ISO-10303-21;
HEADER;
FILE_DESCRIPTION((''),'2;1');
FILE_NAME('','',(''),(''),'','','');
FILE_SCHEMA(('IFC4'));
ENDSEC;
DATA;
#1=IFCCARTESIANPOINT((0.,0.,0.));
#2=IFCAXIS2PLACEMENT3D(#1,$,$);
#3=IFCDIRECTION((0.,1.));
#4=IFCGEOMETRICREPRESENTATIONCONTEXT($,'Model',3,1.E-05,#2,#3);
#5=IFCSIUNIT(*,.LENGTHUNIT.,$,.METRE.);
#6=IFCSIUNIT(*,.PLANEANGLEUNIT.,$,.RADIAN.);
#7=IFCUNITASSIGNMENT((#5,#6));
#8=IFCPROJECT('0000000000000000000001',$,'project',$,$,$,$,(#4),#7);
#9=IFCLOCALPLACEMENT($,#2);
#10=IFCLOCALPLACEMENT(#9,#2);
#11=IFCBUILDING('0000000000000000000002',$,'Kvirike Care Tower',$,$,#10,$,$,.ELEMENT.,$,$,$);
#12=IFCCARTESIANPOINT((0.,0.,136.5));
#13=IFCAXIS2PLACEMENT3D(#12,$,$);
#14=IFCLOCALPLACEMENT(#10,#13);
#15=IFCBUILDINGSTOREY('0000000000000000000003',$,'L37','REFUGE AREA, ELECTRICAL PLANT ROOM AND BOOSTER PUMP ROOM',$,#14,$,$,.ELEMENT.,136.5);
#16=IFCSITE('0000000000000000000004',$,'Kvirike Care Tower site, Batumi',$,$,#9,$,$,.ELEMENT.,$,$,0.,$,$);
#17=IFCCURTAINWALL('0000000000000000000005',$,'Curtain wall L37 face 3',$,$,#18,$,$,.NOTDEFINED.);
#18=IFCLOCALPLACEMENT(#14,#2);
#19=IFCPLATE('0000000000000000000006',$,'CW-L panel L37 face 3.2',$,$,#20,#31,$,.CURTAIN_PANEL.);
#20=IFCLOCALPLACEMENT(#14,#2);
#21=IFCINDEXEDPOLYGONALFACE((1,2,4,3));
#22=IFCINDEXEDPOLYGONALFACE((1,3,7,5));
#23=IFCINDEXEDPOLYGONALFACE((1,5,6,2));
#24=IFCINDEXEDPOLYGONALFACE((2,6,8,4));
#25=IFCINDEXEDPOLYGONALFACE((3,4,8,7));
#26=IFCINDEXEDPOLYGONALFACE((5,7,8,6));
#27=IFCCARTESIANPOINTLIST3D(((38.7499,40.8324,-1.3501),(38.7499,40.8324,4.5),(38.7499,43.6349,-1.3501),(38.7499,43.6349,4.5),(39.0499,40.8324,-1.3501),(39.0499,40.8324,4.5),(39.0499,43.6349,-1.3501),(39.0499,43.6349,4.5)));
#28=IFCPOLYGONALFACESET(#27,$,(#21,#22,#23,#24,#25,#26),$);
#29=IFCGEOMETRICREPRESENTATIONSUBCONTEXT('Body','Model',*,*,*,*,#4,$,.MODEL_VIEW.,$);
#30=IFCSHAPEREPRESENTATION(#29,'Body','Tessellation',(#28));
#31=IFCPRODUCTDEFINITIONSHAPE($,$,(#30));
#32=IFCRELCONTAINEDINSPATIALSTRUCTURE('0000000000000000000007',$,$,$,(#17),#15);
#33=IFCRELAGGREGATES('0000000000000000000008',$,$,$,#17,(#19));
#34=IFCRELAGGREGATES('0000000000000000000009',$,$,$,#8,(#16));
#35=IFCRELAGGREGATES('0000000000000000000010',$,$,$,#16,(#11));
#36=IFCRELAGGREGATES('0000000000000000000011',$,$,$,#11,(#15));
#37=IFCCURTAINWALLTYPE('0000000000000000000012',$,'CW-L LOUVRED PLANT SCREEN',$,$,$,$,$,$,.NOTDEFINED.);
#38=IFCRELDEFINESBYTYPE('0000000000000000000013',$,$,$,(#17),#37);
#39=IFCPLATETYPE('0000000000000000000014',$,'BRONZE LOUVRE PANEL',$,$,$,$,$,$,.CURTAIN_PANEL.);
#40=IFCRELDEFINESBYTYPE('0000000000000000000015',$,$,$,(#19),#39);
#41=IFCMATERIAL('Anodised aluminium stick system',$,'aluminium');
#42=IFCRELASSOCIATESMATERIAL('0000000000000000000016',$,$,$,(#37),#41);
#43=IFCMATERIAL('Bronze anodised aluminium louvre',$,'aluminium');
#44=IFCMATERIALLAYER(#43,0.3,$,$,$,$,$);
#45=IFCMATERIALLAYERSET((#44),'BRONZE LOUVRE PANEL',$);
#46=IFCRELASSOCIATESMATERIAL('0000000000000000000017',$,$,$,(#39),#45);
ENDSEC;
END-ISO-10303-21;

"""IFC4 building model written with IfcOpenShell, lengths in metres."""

from ifc_helpers import new_model, si_unit, direction, frame, origin, origin_2d, place, context, subcontext, project, spatial, rectangle, extrude, material, layer, layer_set, type_object, element, aggregate, save


model = new_model("IFC4")

# Units and contexts
model_context = context("Model", 3, precision=1e-05, world=origin(), true_north=direction((0.0, 1.0)))
body_context = subcontext(model_context, "Body", "Model", "MODEL_VIEW")
ifc_project = project(units=[si_unit("LENGTHUNIT", "METRE"), si_unit("PLANEANGLEUNIT", "RADIAN")], contexts=[model_context])

# Site, building, storey
site_placement = place(None, origin())
site = spatial("IfcSite", under=ifc_project, at=site_placement, Name="Kvirike Care Tower site, Batumi", CompositionType="ELEMENT", RefElevation=0.0)
building_placement = place(site_placement, origin())
building = spatial("IfcBuilding", under=site, at=building_placement, Name="Kvirike Care Tower", CompositionType="ELEMENT")
storey_placement = place(building_placement, frame((0.0, 0.0, 136.5)))
storey = spatial("IfcBuildingStorey", under=building, at=storey_placement, Name="L37", Description="REFUGE AREA, ELECTRICAL PLANT ROOM AND BOOSTER PUMP ROOM", CompositionType="ELEMENT", Elevation=136.5)

# Curtain wall
ifc_material_1 = material(Name="Anodised aluminium stick system", Category="aluminium")
curtain_wall_type = type_object("IfcCurtainWallType", Name="CW-L LOUVRED PLANT SCREEN", PredefinedType="NOTDEFINED", material=ifc_material_1)
curtain_wall_1_placement = place(storey_placement, origin())
curtain_wall_1 = element("IfcCurtainWall", 1, at=curtain_wall_1_placement, inside=storey, type_object=curtain_wall_type, Name="Curtain wall L37 face 3", PredefinedType="NOTDEFINED")

# Plate
ifc_material_2 = material(Name="Bronze anodised aluminium louvre", Category="aluminium")
ifc_layer = layer(ifc_material_2, 0.3)
ifc_layer_set = layer_set([ifc_layer], Name="BRONZE LOUVRE PANEL")
plate_type = type_object("IfcPlateType", Name="BRONZE LOUVRE PANEL", PredefinedType="CURTAIN_PANEL", material=ifc_layer_set)
plate_1_placement = place(storey_placement, frame((38.8999, 42.2336, -1.3501), z_axis=(0.0, 0.0, 1.0), x_axis=(0.0, 1.0, 0.0)))
plate_1 = element("IfcPlate", 2, at=plate_1_placement, type_object=plate_type, Name="CW-L panel L37 face 3.2", PredefinedType="CURTAIN_PANEL", context=body_context, shape_type="SweptSolid", body=[
    extrude(rectangle(XDim=2.8025, YDim=0.3, at=origin_2d()), origin(), (0.0, 0.0, 1.0), 5.8501),
])
aggregate(curtain_wall_1, [plate_1])

save(model, "model.ifc")
